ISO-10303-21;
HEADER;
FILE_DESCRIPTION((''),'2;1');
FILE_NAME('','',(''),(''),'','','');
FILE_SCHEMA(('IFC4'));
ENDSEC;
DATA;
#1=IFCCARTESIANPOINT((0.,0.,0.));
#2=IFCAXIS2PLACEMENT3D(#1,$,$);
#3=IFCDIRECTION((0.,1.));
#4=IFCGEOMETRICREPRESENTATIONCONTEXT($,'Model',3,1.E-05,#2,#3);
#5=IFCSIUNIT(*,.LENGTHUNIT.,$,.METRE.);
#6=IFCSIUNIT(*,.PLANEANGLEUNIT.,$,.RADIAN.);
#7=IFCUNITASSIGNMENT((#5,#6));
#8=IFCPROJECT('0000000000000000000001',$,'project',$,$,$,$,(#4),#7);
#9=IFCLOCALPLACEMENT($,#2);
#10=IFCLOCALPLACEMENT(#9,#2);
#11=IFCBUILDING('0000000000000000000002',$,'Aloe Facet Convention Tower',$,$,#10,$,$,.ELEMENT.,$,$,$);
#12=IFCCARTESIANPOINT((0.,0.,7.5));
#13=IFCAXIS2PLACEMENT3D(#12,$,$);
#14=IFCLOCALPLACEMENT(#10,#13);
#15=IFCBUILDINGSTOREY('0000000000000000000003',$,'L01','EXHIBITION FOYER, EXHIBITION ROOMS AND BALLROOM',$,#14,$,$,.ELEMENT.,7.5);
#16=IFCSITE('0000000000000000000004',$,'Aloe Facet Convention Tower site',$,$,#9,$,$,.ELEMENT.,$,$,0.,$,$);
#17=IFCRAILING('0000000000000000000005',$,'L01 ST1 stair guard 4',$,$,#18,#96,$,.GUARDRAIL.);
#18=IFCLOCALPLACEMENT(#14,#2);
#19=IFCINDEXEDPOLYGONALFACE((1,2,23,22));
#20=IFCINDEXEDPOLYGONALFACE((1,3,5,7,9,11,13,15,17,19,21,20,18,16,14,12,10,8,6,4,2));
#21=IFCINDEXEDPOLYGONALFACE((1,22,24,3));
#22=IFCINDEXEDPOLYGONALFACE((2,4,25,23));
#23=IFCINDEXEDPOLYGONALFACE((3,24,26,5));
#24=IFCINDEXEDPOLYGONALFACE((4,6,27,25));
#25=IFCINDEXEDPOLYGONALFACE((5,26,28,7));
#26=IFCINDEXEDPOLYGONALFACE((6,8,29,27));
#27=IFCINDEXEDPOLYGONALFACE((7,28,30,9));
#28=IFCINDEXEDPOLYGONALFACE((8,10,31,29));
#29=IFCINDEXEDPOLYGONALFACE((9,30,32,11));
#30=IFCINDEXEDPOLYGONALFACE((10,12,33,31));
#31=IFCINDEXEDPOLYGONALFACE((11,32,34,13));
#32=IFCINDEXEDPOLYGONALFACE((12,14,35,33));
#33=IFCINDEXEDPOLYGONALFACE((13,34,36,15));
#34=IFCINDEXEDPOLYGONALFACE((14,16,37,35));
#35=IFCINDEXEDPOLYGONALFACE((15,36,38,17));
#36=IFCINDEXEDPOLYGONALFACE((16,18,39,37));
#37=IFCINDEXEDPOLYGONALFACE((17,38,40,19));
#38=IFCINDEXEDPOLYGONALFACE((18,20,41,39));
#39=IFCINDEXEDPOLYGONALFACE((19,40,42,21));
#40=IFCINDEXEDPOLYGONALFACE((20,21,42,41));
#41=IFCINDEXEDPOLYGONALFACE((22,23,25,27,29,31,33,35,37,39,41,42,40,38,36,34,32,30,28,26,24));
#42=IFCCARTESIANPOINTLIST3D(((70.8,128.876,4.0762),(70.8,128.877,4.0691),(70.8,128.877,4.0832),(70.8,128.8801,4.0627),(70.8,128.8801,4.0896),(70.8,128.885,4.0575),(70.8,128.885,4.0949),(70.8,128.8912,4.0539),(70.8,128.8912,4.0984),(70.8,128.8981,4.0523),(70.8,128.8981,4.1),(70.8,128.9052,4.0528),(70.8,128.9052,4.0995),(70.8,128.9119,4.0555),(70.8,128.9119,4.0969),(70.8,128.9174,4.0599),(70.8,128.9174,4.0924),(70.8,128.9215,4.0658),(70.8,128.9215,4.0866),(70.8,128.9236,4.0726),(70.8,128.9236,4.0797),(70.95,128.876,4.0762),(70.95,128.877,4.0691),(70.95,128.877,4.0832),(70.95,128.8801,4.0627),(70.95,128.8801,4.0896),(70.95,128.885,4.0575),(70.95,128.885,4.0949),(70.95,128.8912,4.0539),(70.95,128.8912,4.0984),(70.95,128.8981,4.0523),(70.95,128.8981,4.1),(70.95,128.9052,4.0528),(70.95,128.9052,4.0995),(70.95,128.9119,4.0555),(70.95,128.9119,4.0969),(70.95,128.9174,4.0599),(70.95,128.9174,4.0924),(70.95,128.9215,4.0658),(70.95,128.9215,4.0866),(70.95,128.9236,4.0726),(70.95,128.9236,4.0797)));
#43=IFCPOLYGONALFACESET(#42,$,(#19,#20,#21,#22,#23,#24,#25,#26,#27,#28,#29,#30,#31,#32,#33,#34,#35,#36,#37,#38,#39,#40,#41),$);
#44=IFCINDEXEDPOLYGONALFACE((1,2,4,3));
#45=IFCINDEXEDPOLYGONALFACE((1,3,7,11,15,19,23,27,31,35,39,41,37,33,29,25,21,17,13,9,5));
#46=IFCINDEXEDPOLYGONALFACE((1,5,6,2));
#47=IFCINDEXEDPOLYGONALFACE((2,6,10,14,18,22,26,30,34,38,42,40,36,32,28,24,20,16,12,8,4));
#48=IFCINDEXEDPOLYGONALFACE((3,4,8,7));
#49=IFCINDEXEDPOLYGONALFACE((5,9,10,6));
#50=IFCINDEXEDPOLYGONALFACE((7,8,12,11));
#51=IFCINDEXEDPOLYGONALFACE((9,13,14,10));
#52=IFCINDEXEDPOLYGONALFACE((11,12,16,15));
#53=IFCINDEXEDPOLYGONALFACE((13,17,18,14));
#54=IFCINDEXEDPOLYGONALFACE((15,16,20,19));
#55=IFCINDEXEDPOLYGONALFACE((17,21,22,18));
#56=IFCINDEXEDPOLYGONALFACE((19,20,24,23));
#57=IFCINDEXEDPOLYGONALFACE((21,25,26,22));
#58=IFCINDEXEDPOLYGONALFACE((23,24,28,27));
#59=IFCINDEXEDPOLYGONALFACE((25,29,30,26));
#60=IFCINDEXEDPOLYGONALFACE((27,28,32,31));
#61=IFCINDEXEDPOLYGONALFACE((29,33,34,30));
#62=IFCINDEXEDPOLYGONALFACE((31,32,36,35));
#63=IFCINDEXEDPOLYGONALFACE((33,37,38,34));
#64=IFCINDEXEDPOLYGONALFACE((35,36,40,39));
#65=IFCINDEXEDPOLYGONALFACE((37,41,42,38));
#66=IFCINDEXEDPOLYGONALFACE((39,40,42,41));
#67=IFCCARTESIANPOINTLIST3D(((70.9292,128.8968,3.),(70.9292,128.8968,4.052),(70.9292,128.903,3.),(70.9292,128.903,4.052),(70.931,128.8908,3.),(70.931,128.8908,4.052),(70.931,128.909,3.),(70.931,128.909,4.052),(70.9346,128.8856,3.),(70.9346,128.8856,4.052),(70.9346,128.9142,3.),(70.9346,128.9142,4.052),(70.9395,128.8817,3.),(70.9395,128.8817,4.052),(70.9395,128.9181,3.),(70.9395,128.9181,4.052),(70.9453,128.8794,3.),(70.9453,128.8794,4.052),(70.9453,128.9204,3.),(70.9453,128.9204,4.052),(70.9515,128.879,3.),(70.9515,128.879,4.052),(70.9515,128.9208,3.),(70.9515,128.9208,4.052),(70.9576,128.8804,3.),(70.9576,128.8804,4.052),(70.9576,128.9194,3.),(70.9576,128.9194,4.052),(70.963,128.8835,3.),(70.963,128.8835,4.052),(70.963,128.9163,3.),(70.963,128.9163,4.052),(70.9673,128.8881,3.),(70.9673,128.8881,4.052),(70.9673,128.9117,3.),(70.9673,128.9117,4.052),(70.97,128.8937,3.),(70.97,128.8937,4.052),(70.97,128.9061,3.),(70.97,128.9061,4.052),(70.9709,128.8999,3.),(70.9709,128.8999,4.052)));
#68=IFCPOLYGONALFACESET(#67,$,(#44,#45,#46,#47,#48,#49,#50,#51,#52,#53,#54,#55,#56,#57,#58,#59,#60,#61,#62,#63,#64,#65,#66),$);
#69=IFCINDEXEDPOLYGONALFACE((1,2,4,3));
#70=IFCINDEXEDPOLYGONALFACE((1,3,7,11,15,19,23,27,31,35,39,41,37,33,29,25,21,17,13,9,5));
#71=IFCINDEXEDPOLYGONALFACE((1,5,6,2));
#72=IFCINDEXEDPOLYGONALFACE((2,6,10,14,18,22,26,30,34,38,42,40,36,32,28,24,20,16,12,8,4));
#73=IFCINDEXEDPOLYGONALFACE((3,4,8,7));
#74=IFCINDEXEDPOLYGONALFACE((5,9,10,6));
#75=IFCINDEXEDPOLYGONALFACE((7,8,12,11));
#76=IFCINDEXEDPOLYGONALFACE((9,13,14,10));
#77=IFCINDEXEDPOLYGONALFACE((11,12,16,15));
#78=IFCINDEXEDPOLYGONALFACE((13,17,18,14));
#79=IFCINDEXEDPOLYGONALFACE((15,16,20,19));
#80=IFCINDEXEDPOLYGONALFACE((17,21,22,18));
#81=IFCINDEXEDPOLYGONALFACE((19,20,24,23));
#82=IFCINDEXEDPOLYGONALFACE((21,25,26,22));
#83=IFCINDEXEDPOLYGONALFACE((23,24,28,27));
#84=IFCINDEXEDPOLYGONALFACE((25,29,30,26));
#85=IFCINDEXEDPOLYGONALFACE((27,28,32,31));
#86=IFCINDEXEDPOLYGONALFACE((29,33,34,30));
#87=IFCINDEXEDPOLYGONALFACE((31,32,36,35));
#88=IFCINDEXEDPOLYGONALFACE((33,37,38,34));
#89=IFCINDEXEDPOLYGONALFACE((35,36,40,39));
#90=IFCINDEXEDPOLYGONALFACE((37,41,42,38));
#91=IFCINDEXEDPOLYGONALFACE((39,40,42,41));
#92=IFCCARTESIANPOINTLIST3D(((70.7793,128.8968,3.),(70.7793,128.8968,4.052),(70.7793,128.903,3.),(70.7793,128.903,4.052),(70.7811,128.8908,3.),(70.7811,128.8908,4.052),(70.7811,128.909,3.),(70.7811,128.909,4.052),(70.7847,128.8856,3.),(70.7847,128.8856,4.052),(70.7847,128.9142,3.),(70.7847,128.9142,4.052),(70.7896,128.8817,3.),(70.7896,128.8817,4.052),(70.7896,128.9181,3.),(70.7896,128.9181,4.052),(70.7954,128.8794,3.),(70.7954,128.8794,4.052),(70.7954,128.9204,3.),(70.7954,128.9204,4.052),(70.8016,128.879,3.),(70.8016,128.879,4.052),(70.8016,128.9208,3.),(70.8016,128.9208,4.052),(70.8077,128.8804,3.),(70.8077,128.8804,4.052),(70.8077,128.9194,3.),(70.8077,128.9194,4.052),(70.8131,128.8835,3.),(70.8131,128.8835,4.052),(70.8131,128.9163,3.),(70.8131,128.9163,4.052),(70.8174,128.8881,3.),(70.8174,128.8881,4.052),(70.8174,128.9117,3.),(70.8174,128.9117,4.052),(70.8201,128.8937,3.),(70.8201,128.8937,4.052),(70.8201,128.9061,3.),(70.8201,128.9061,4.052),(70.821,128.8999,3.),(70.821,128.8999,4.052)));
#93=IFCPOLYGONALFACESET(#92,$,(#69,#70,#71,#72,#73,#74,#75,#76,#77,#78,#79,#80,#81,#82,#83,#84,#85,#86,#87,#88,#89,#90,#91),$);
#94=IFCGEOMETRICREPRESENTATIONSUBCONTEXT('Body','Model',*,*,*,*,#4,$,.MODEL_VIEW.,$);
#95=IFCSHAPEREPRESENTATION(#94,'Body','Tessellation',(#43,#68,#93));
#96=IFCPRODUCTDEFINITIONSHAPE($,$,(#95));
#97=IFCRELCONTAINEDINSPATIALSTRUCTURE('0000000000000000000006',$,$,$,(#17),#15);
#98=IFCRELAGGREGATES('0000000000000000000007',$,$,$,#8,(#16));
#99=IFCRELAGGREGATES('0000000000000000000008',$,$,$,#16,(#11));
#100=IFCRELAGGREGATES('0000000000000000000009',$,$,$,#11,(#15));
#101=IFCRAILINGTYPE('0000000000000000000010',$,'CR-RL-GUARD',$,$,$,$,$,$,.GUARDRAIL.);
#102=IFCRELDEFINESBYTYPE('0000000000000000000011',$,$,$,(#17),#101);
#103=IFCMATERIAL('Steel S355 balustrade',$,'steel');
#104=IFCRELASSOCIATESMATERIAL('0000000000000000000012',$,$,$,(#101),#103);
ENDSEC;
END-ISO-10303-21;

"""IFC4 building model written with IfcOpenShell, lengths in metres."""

from ifc_helpers import new_model, si_unit, direction, frame, origin, origin_2d, place, context, subcontext, project, spatial, circle, extrude, material, type_object, element, save


model = new_model("IFC4")

# Units and contexts
model_context = context("Model", 3, precision=1e-05, world=origin(), true_north=direction((0.0, 1.0)))
body_context = subcontext(model_context, "Body", "Model", "MODEL_VIEW")
ifc_project = project(units=[si_unit("LENGTHUNIT", "METRE"), si_unit("PLANEANGLEUNIT", "RADIAN")], contexts=[model_context])

# Site, building, storey
site_placement = place(None, origin())
site = spatial("IfcSite", under=ifc_project, at=site_placement, Name="Aloe Facet Convention Tower site", CompositionType="ELEMENT", RefElevation=0.0)
building_placement = place(site_placement, origin())
building = spatial("IfcBuilding", under=site, at=building_placement, Name="Aloe Facet Convention Tower", CompositionType="ELEMENT")
storey_placement = place(building_placement, frame((0.0, 0.0, 7.5)))
storey = spatial("IfcBuildingStorey", under=building, at=storey_placement, Name="L01", Description="EXHIBITION FOYER, EXHIBITION ROOMS AND BALLROOM", CompositionType="ELEMENT", Elevation=7.5)

# Railing
ifc_material_1 = material(Name="Steel S355 balustrade", Category="steel")
railing_type_1 = type_object("IfcRailingType", Name="CR-RL-GUARD", PredefinedType="GUARDRAIL", material=ifc_material_1)
railing_1_placement = place(storey_placement, frame((70.95, 128.8999, 3.0)))
element("IfcRailing", 1, at=railing_1_placement, inside=storey, type_object=railing_type_1, Name="L01 ST1 stair guard 4", PredefinedType="GUARDRAIL", context=body_context, shape_type="SweptSolid", body=[
    extrude(circle(Radius=0.0239, at=origin_2d()), frame((0.0, 0.0, 1.0762), z_axis=(-1.0, 0.0, 0.0), x_axis=(0.0, -1.0, 0.0)), (0.0, 0.0, 1.0), 0.1499),
    extrude(circle(Radius=0.021, at=origin_2d()), origin(), (0.0, 0.0, 1.0), 1.052),
    extrude(circle(Radius=0.021, at=origin_2d()), frame((-0.1499, 0.0, 0.0)), (0.0, 0.0, 1.0), 1.052),
])

save(model, "model.ifc")
